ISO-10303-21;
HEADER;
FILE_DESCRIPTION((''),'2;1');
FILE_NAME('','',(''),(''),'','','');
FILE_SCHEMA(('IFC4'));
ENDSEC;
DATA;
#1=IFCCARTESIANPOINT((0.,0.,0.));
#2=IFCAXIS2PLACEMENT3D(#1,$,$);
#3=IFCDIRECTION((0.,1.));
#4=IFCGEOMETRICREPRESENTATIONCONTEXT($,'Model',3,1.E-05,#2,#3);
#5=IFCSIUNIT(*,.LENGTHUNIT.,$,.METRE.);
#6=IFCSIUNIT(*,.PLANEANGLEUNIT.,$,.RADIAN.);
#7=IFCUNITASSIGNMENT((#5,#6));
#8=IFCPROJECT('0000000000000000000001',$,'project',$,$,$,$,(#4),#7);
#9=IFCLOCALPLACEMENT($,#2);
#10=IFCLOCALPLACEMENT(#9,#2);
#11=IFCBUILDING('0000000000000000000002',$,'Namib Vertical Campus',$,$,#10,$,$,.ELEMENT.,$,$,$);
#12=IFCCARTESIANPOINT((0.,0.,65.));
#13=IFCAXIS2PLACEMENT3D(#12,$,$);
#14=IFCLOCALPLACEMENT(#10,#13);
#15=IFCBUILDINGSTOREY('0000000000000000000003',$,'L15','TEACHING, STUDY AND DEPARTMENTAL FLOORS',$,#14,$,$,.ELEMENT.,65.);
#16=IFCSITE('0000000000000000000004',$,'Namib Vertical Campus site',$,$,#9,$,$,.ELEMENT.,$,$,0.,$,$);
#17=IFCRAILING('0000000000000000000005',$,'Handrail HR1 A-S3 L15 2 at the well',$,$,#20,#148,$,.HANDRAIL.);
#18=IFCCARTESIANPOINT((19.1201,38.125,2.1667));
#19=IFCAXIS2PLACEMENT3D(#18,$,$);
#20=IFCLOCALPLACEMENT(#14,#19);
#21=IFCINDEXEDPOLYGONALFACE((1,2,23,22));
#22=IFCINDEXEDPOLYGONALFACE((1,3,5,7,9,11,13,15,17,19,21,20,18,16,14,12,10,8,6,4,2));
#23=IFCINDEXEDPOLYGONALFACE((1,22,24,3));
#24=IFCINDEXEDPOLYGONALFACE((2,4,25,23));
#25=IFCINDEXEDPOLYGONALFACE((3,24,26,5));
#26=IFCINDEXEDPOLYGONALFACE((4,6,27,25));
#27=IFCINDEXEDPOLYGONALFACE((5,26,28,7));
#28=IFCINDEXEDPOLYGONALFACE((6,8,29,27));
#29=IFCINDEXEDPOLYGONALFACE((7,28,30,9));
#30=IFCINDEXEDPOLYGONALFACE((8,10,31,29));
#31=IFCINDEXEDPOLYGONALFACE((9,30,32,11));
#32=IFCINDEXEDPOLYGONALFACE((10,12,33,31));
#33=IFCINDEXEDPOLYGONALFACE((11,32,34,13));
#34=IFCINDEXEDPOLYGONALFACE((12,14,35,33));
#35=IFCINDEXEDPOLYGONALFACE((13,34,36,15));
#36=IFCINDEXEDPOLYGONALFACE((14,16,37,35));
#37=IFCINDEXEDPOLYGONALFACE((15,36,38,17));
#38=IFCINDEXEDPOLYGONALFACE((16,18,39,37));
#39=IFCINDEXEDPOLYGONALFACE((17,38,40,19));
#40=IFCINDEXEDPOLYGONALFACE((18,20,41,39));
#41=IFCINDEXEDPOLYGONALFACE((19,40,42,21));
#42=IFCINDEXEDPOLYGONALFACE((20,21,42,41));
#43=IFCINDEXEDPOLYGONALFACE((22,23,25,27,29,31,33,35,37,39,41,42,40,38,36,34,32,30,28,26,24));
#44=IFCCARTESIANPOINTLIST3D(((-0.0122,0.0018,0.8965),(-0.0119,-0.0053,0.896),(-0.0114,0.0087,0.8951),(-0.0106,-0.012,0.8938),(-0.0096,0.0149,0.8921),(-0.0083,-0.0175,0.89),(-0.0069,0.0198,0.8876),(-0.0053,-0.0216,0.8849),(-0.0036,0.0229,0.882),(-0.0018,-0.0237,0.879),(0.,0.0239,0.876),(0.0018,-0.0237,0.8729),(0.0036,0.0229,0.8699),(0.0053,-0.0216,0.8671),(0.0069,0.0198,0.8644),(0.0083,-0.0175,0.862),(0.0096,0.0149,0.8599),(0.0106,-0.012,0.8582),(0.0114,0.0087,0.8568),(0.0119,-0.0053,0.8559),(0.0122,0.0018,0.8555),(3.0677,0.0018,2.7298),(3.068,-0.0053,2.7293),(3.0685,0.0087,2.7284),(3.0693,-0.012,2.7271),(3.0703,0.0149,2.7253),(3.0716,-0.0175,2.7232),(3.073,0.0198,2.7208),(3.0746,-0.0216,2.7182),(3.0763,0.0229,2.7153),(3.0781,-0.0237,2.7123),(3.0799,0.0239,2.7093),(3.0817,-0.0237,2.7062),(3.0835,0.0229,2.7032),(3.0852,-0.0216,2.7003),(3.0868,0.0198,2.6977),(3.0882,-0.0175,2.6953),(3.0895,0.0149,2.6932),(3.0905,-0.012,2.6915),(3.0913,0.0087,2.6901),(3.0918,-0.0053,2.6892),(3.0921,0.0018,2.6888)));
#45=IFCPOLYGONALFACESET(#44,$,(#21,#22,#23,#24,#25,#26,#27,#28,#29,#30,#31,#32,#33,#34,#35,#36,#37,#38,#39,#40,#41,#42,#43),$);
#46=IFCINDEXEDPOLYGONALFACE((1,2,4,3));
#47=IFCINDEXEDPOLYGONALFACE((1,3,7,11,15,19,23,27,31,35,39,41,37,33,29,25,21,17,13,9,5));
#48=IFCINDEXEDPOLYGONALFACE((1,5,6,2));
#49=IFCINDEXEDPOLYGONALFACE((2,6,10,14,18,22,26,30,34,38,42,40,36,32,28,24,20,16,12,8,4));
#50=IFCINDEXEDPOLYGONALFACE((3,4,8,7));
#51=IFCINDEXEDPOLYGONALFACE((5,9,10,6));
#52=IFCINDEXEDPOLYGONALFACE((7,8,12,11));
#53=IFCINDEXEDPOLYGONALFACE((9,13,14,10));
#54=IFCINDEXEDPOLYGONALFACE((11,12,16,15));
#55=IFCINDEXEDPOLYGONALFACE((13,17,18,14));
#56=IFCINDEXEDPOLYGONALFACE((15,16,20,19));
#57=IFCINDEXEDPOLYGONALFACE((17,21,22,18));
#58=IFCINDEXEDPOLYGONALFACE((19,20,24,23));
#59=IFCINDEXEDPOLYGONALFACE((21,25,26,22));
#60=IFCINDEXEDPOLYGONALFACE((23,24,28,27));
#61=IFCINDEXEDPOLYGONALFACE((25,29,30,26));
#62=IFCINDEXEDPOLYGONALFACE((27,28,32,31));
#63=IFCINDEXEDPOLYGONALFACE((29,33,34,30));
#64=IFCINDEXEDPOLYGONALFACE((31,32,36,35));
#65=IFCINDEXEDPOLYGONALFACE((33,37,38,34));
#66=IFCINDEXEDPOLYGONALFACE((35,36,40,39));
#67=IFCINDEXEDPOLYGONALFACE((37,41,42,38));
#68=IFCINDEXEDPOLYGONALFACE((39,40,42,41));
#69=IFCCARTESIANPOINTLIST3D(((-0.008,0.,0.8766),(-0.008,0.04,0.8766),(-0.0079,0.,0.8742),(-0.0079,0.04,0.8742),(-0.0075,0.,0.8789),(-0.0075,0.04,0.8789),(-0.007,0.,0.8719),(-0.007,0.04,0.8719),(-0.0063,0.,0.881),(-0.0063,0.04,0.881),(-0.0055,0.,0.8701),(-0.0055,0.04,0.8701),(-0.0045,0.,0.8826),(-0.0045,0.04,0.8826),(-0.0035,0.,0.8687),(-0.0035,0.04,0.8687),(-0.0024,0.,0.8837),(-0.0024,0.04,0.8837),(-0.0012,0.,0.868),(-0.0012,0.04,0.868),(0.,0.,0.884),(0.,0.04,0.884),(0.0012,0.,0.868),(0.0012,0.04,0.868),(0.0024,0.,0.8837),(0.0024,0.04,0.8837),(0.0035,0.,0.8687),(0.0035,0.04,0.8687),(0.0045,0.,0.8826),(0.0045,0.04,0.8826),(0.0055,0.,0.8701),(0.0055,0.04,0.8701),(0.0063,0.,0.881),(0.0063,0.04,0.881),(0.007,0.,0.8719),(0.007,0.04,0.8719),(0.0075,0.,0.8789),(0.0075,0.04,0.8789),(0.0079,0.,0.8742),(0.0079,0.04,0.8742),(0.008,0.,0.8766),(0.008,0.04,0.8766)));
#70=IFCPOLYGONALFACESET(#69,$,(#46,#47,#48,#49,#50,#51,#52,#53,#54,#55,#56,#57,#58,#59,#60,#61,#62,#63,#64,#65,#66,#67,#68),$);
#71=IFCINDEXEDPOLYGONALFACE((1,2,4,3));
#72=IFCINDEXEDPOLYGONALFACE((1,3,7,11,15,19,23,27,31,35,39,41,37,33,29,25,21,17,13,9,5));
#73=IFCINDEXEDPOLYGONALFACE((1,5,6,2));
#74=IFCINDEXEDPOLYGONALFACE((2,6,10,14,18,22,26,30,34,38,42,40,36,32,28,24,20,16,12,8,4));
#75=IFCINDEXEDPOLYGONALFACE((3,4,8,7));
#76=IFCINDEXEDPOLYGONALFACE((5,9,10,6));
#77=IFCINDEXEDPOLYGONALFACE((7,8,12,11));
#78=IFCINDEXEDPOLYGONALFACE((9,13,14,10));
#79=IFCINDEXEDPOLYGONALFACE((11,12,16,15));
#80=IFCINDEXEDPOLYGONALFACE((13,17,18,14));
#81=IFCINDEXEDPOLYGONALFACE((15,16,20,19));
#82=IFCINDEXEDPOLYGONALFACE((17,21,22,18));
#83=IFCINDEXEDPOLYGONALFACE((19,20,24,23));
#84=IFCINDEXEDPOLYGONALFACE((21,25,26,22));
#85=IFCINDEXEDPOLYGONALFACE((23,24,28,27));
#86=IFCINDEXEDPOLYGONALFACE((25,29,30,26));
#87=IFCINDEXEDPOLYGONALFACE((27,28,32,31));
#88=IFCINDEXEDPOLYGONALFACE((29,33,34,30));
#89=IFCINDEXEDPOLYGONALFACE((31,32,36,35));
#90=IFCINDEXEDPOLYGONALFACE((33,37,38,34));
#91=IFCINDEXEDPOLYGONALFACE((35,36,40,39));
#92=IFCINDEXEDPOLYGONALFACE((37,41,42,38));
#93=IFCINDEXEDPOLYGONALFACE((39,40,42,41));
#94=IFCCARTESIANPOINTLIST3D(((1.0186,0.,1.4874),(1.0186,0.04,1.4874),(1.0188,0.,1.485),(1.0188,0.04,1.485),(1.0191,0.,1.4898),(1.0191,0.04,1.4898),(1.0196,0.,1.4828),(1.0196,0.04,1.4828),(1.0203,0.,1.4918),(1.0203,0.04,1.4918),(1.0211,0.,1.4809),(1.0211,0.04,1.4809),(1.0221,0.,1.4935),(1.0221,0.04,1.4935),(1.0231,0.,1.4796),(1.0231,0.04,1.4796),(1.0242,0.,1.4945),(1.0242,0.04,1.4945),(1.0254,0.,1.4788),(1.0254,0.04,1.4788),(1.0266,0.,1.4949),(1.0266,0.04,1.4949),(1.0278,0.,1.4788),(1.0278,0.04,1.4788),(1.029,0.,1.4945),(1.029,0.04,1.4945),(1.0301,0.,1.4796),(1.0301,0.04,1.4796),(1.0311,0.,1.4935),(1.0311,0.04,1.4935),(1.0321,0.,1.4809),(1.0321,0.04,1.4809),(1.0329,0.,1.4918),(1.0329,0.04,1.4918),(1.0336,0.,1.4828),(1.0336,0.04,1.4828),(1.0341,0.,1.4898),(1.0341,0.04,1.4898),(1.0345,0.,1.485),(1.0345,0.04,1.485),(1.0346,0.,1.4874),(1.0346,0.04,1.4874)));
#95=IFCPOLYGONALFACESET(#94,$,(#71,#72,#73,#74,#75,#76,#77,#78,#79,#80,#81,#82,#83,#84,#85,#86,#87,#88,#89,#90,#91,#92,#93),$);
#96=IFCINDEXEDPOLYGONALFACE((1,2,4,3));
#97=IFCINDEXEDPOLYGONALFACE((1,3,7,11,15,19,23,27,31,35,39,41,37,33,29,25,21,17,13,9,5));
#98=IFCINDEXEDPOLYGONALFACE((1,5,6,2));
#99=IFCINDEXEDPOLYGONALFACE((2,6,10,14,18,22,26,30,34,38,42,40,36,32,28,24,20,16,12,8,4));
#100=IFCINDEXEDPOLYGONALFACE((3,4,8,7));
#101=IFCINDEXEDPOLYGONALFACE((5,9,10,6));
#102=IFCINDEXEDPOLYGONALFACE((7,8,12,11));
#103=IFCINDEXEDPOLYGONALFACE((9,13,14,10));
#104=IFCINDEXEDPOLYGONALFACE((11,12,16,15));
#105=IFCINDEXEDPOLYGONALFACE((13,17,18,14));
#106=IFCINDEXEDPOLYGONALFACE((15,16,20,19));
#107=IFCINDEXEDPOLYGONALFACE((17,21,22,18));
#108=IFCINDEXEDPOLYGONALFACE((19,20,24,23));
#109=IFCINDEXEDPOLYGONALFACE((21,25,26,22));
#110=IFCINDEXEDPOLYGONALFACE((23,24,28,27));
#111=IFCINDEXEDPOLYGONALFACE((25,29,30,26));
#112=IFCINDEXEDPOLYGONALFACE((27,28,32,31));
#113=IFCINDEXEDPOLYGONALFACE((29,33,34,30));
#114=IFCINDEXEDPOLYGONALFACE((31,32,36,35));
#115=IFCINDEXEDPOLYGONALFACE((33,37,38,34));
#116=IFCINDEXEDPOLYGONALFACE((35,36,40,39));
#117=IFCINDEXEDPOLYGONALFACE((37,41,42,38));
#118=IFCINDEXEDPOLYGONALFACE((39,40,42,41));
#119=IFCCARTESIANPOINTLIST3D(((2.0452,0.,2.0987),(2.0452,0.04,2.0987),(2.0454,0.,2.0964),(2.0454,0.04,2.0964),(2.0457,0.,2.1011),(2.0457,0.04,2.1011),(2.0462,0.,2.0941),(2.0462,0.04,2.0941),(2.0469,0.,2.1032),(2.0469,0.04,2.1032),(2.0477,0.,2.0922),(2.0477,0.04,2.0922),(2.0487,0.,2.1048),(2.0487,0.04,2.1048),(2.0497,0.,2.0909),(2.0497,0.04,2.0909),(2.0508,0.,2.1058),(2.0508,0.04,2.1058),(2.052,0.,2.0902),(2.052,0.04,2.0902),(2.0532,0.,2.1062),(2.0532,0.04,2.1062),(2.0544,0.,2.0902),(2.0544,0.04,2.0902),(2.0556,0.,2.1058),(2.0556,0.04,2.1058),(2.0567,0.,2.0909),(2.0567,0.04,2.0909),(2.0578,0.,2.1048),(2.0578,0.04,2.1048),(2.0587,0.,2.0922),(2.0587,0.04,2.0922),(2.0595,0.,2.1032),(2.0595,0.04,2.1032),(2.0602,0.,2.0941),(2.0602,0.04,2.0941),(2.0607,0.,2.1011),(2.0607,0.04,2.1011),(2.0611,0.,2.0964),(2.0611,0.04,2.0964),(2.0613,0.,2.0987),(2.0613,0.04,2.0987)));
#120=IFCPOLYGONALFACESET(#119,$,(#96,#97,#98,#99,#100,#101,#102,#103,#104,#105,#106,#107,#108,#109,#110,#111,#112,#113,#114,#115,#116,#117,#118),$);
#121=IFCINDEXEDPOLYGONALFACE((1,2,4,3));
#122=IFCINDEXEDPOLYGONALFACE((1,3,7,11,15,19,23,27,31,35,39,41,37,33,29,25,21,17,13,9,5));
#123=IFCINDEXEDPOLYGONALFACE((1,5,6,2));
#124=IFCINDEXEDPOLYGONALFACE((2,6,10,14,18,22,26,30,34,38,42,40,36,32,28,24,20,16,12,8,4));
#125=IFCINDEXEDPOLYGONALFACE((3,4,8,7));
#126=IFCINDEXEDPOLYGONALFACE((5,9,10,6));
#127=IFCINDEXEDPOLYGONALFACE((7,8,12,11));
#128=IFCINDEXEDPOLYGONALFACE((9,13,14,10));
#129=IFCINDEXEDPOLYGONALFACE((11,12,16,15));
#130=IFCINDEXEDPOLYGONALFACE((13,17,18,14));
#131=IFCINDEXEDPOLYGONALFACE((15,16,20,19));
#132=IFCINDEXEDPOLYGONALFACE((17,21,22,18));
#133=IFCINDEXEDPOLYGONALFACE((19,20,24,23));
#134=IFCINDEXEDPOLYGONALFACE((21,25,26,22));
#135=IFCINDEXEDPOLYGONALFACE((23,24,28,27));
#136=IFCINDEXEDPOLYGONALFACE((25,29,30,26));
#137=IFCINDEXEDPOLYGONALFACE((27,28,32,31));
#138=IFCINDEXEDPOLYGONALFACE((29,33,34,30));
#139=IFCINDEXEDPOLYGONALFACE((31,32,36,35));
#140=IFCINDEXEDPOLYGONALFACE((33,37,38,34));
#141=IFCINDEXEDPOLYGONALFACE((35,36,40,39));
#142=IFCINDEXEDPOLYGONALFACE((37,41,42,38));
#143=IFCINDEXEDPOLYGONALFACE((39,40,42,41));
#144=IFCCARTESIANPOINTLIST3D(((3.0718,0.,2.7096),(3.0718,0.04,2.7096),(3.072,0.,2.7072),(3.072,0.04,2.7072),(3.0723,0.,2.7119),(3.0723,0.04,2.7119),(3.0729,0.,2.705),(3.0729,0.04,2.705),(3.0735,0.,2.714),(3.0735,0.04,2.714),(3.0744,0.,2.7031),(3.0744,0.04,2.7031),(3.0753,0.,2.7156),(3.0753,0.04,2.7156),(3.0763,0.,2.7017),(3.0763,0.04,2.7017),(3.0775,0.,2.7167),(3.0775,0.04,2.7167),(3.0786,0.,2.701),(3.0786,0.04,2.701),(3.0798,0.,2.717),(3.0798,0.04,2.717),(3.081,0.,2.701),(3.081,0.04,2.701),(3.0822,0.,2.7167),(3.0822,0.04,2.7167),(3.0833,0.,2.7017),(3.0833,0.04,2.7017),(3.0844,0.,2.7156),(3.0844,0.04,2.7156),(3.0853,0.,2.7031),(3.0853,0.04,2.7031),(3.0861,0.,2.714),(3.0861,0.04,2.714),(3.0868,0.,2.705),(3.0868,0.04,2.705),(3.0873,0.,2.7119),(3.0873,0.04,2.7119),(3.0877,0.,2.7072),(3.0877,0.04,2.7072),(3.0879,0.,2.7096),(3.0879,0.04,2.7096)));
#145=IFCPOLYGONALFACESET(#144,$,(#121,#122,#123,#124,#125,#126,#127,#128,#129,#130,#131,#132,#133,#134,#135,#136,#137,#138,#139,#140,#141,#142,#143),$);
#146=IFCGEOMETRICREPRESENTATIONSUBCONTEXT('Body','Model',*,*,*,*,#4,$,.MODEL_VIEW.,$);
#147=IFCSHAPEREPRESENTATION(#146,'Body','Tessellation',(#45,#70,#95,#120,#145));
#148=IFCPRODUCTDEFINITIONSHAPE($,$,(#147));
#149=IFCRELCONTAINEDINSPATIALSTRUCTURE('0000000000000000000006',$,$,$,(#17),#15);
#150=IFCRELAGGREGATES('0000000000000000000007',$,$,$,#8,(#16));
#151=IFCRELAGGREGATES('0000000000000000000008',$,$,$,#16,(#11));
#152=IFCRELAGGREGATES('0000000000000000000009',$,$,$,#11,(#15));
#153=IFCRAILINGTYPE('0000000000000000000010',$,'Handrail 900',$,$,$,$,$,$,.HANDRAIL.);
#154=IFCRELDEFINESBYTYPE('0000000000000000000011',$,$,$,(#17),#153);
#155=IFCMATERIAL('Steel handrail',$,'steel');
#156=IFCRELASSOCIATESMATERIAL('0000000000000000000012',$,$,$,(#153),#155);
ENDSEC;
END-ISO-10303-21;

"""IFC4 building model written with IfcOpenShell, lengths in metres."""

from ifc_helpers import new_model, si_unit, direction, frame, origin, origin_2d, place, context, subcontext, project, spatial, circle, extrude, material, type_object, element, save


model = new_model("IFC4")

# Units and contexts
model_context = context("Model", 3, precision=1e-05, world=origin(), true_north=direction((0.0, 1.0)))
body_context = subcontext(model_context, "Body", "Model", "MODEL_VIEW")
ifc_project = project(units=[si_unit("LENGTHUNIT", "METRE"), si_unit("PLANEANGLEUNIT", "RADIAN")], contexts=[model_context])

# Site, building, storey
site_placement = place(None, origin())
site = spatial("IfcSite", under=ifc_project, at=site_placement, Name="Namib Vertical Campus site", CompositionType="ELEMENT", RefElevation=0.0)
building_placement = place(site_placement, origin())
building = spatial("IfcBuilding", under=site, at=building_placement, Name="Namib Vertical Campus", CompositionType="ELEMENT")
storey_placement = place(building_placement, frame((0.0, 0.0, 65.0)))
storey = spatial("IfcBuildingStorey", under=building, at=storey_placement, Name="L15", Description="TEACHING, STUDY AND DEPARTMENTAL FLOORS", CompositionType="ELEMENT", Elevation=65.0)

# Railing
ifc_material_1 = material(Name="Steel handrail", Category="steel")
railing_type = type_object("IfcRailingType", Name="Handrail 900", PredefinedType="HANDRAIL", material=ifc_material_1)
railing_1_placement = place(storey_placement, frame((19.1201, 38.125, 2.1667)))
element("IfcRailing", 1, at=railing_1_placement, inside=storey, type_object=railing_type, Name="Handrail HR1 A-S3 L15 2 at the well", PredefinedType="HANDRAIL", context=body_context, shape_type="SweptSolid", body=[
    extrude(circle(Radius=0.0239, at=origin_2d()), frame((0.0, 0.0, 0.876), z_axis=(0.859291, 0.0, 0.511487), x_axis=(0.0, 1.0, 0.0)), (0.0, 0.0, 1.0), 3.5842),
    extrude(circle(Radius=0.0081, at=origin_2d()), frame((0.0, 0.0, 0.876), z_axis=(0.0, 1.0, 0.0), x_axis=(0.0, 0.0, 1.0)), (0.0, 0.0, 1.0), 0.04),
    extrude(circle(Radius=0.0081, at=origin_2d()), frame((1.0266, 0.0, 1.4868), z_axis=(0.0, 1.0, 0.0), x_axis=(0.0, 0.0, 1.0)), (0.0, 0.0, 1.0), 0.04),
    extrude(circle(Radius=0.0081, at=origin_2d()), frame((2.0532, 0.0, 2.0981), z_axis=(0.0, 1.0, 0.0), x_axis=(0.0, 0.0, 1.0)), (0.0, 0.0, 1.0), 0.04),
    extrude(circle(Radius=0.0081, at=origin_2d()), frame((3.0798, 0.0, 2.709), z_axis=(0.0, 1.0, 0.0), x_axis=(0.0, 0.0, 1.0)), (0.0, 0.0, 1.0), 0.04),
])

save(model, "model.ifc")
